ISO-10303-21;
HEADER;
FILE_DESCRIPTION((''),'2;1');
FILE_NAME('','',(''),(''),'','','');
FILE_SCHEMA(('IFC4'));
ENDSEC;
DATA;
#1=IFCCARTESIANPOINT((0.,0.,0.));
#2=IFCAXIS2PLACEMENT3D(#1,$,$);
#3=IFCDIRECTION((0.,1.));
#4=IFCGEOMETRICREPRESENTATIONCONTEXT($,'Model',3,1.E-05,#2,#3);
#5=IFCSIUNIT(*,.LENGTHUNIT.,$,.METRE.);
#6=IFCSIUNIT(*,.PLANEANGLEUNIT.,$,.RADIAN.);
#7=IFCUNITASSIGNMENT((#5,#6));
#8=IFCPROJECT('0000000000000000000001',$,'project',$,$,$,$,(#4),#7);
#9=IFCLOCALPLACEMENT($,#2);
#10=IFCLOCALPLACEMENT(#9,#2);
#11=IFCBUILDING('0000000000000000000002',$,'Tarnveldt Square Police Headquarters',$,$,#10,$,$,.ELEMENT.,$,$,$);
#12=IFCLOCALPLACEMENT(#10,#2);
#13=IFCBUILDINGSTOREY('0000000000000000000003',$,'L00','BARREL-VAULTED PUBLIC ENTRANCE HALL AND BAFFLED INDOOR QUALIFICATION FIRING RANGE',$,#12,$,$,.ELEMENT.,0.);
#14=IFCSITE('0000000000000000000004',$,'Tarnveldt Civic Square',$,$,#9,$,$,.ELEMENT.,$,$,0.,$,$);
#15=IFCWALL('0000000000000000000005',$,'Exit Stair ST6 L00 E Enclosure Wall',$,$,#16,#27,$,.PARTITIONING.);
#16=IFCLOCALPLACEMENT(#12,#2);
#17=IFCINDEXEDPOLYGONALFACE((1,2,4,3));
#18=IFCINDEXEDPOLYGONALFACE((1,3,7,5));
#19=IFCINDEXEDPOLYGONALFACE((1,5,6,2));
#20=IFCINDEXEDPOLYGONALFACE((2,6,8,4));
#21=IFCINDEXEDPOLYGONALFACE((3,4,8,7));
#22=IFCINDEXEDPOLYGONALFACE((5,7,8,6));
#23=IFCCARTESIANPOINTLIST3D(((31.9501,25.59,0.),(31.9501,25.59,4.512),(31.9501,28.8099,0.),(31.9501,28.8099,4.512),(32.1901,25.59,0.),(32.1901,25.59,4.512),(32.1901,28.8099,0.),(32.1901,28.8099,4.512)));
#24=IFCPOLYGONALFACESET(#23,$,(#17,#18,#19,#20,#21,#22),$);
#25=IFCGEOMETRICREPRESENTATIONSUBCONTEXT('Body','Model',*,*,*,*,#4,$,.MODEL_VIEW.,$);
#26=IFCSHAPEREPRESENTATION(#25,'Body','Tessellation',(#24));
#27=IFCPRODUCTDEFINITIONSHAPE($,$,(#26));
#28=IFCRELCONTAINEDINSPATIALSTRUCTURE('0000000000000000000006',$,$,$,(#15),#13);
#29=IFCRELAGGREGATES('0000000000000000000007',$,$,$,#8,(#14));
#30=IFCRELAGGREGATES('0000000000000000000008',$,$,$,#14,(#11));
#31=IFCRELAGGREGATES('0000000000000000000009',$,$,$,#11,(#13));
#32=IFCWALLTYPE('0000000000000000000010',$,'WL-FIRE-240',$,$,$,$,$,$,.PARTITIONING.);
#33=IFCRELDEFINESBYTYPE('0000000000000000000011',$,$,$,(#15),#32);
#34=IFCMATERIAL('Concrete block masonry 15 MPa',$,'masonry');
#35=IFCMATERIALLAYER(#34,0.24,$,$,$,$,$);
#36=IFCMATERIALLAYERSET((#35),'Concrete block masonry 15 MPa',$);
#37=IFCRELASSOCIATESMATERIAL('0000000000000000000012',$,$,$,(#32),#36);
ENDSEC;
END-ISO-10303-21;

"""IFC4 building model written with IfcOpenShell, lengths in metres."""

from ifc_helpers import new_model, si_unit, direction, frame, frame_2d, origin, place, context, subcontext, project, spatial, rectangle, extrude, material, layer, layer_set, type_object, element, save


model = new_model("IFC4")

# Units and contexts
model_context = context("Model", 3, precision=1e-05, world=origin(), true_north=direction((0.0, 1.0)))
body_context = subcontext(model_context, "Body", "Model", "MODEL_VIEW")
ifc_project = project(units=[si_unit("LENGTHUNIT", "METRE"), si_unit("PLANEANGLEUNIT", "RADIAN")], contexts=[model_context])

# Site, building, storey
site_placement = place(None, origin())
site = spatial("IfcSite", under=ifc_project, at=site_placement, Name="Tarnveldt Civic Square", CompositionType="ELEMENT", RefElevation=0.0)
building_placement = place(site_placement, origin())
building = spatial("IfcBuilding", under=site, at=building_placement, Name="Tarnveldt Square Police Headquarters", CompositionType="ELEMENT")
storey_placement = place(building_placement, origin())
storey = spatial("IfcBuildingStorey", under=building, at=storey_placement, Name="L00", Description="BARREL-VAULTED PUBLIC ENTRANCE HALL AND BAFFLED INDOOR QUALIFICATION FIRING RANGE", CompositionType="ELEMENT", Elevation=0.0)

# Wall
ifc_material_1 = material(Name="Concrete block masonry 15 MPa", Category="masonry")
ifc_layer_1 = layer(ifc_material_1, 0.24)
ifc_layer_set_1 = layer_set([ifc_layer_1], Name="Concrete block masonry 15 MPa")
wall_type_1 = type_object("IfcWallType", Name="WL-FIRE-240", PredefinedType="PARTITIONING", material=ifc_layer_set_1)
wall_1_placement = place(storey_placement, frame((32.0701, 25.5901, 0.0), z_axis=(0.0, 0.0, 1.0), x_axis=(0.0, 1.0, 0.0)))
element("IfcWall", 1, at=wall_1_placement, inside=storey, type_object=wall_type_1, Name="Exit Stair ST6 L00 E Enclosure Wall", PredefinedType="PARTITIONING", context=body_context, shape_type="SweptSolid", body=[
    extrude(rectangle(XDim=3.22, YDim=0.24, at=frame_2d((1.6099, 0.0))), origin(), (0.0, 0.0, 1.0), 4.512),
])

save(model, "model.ifc")
